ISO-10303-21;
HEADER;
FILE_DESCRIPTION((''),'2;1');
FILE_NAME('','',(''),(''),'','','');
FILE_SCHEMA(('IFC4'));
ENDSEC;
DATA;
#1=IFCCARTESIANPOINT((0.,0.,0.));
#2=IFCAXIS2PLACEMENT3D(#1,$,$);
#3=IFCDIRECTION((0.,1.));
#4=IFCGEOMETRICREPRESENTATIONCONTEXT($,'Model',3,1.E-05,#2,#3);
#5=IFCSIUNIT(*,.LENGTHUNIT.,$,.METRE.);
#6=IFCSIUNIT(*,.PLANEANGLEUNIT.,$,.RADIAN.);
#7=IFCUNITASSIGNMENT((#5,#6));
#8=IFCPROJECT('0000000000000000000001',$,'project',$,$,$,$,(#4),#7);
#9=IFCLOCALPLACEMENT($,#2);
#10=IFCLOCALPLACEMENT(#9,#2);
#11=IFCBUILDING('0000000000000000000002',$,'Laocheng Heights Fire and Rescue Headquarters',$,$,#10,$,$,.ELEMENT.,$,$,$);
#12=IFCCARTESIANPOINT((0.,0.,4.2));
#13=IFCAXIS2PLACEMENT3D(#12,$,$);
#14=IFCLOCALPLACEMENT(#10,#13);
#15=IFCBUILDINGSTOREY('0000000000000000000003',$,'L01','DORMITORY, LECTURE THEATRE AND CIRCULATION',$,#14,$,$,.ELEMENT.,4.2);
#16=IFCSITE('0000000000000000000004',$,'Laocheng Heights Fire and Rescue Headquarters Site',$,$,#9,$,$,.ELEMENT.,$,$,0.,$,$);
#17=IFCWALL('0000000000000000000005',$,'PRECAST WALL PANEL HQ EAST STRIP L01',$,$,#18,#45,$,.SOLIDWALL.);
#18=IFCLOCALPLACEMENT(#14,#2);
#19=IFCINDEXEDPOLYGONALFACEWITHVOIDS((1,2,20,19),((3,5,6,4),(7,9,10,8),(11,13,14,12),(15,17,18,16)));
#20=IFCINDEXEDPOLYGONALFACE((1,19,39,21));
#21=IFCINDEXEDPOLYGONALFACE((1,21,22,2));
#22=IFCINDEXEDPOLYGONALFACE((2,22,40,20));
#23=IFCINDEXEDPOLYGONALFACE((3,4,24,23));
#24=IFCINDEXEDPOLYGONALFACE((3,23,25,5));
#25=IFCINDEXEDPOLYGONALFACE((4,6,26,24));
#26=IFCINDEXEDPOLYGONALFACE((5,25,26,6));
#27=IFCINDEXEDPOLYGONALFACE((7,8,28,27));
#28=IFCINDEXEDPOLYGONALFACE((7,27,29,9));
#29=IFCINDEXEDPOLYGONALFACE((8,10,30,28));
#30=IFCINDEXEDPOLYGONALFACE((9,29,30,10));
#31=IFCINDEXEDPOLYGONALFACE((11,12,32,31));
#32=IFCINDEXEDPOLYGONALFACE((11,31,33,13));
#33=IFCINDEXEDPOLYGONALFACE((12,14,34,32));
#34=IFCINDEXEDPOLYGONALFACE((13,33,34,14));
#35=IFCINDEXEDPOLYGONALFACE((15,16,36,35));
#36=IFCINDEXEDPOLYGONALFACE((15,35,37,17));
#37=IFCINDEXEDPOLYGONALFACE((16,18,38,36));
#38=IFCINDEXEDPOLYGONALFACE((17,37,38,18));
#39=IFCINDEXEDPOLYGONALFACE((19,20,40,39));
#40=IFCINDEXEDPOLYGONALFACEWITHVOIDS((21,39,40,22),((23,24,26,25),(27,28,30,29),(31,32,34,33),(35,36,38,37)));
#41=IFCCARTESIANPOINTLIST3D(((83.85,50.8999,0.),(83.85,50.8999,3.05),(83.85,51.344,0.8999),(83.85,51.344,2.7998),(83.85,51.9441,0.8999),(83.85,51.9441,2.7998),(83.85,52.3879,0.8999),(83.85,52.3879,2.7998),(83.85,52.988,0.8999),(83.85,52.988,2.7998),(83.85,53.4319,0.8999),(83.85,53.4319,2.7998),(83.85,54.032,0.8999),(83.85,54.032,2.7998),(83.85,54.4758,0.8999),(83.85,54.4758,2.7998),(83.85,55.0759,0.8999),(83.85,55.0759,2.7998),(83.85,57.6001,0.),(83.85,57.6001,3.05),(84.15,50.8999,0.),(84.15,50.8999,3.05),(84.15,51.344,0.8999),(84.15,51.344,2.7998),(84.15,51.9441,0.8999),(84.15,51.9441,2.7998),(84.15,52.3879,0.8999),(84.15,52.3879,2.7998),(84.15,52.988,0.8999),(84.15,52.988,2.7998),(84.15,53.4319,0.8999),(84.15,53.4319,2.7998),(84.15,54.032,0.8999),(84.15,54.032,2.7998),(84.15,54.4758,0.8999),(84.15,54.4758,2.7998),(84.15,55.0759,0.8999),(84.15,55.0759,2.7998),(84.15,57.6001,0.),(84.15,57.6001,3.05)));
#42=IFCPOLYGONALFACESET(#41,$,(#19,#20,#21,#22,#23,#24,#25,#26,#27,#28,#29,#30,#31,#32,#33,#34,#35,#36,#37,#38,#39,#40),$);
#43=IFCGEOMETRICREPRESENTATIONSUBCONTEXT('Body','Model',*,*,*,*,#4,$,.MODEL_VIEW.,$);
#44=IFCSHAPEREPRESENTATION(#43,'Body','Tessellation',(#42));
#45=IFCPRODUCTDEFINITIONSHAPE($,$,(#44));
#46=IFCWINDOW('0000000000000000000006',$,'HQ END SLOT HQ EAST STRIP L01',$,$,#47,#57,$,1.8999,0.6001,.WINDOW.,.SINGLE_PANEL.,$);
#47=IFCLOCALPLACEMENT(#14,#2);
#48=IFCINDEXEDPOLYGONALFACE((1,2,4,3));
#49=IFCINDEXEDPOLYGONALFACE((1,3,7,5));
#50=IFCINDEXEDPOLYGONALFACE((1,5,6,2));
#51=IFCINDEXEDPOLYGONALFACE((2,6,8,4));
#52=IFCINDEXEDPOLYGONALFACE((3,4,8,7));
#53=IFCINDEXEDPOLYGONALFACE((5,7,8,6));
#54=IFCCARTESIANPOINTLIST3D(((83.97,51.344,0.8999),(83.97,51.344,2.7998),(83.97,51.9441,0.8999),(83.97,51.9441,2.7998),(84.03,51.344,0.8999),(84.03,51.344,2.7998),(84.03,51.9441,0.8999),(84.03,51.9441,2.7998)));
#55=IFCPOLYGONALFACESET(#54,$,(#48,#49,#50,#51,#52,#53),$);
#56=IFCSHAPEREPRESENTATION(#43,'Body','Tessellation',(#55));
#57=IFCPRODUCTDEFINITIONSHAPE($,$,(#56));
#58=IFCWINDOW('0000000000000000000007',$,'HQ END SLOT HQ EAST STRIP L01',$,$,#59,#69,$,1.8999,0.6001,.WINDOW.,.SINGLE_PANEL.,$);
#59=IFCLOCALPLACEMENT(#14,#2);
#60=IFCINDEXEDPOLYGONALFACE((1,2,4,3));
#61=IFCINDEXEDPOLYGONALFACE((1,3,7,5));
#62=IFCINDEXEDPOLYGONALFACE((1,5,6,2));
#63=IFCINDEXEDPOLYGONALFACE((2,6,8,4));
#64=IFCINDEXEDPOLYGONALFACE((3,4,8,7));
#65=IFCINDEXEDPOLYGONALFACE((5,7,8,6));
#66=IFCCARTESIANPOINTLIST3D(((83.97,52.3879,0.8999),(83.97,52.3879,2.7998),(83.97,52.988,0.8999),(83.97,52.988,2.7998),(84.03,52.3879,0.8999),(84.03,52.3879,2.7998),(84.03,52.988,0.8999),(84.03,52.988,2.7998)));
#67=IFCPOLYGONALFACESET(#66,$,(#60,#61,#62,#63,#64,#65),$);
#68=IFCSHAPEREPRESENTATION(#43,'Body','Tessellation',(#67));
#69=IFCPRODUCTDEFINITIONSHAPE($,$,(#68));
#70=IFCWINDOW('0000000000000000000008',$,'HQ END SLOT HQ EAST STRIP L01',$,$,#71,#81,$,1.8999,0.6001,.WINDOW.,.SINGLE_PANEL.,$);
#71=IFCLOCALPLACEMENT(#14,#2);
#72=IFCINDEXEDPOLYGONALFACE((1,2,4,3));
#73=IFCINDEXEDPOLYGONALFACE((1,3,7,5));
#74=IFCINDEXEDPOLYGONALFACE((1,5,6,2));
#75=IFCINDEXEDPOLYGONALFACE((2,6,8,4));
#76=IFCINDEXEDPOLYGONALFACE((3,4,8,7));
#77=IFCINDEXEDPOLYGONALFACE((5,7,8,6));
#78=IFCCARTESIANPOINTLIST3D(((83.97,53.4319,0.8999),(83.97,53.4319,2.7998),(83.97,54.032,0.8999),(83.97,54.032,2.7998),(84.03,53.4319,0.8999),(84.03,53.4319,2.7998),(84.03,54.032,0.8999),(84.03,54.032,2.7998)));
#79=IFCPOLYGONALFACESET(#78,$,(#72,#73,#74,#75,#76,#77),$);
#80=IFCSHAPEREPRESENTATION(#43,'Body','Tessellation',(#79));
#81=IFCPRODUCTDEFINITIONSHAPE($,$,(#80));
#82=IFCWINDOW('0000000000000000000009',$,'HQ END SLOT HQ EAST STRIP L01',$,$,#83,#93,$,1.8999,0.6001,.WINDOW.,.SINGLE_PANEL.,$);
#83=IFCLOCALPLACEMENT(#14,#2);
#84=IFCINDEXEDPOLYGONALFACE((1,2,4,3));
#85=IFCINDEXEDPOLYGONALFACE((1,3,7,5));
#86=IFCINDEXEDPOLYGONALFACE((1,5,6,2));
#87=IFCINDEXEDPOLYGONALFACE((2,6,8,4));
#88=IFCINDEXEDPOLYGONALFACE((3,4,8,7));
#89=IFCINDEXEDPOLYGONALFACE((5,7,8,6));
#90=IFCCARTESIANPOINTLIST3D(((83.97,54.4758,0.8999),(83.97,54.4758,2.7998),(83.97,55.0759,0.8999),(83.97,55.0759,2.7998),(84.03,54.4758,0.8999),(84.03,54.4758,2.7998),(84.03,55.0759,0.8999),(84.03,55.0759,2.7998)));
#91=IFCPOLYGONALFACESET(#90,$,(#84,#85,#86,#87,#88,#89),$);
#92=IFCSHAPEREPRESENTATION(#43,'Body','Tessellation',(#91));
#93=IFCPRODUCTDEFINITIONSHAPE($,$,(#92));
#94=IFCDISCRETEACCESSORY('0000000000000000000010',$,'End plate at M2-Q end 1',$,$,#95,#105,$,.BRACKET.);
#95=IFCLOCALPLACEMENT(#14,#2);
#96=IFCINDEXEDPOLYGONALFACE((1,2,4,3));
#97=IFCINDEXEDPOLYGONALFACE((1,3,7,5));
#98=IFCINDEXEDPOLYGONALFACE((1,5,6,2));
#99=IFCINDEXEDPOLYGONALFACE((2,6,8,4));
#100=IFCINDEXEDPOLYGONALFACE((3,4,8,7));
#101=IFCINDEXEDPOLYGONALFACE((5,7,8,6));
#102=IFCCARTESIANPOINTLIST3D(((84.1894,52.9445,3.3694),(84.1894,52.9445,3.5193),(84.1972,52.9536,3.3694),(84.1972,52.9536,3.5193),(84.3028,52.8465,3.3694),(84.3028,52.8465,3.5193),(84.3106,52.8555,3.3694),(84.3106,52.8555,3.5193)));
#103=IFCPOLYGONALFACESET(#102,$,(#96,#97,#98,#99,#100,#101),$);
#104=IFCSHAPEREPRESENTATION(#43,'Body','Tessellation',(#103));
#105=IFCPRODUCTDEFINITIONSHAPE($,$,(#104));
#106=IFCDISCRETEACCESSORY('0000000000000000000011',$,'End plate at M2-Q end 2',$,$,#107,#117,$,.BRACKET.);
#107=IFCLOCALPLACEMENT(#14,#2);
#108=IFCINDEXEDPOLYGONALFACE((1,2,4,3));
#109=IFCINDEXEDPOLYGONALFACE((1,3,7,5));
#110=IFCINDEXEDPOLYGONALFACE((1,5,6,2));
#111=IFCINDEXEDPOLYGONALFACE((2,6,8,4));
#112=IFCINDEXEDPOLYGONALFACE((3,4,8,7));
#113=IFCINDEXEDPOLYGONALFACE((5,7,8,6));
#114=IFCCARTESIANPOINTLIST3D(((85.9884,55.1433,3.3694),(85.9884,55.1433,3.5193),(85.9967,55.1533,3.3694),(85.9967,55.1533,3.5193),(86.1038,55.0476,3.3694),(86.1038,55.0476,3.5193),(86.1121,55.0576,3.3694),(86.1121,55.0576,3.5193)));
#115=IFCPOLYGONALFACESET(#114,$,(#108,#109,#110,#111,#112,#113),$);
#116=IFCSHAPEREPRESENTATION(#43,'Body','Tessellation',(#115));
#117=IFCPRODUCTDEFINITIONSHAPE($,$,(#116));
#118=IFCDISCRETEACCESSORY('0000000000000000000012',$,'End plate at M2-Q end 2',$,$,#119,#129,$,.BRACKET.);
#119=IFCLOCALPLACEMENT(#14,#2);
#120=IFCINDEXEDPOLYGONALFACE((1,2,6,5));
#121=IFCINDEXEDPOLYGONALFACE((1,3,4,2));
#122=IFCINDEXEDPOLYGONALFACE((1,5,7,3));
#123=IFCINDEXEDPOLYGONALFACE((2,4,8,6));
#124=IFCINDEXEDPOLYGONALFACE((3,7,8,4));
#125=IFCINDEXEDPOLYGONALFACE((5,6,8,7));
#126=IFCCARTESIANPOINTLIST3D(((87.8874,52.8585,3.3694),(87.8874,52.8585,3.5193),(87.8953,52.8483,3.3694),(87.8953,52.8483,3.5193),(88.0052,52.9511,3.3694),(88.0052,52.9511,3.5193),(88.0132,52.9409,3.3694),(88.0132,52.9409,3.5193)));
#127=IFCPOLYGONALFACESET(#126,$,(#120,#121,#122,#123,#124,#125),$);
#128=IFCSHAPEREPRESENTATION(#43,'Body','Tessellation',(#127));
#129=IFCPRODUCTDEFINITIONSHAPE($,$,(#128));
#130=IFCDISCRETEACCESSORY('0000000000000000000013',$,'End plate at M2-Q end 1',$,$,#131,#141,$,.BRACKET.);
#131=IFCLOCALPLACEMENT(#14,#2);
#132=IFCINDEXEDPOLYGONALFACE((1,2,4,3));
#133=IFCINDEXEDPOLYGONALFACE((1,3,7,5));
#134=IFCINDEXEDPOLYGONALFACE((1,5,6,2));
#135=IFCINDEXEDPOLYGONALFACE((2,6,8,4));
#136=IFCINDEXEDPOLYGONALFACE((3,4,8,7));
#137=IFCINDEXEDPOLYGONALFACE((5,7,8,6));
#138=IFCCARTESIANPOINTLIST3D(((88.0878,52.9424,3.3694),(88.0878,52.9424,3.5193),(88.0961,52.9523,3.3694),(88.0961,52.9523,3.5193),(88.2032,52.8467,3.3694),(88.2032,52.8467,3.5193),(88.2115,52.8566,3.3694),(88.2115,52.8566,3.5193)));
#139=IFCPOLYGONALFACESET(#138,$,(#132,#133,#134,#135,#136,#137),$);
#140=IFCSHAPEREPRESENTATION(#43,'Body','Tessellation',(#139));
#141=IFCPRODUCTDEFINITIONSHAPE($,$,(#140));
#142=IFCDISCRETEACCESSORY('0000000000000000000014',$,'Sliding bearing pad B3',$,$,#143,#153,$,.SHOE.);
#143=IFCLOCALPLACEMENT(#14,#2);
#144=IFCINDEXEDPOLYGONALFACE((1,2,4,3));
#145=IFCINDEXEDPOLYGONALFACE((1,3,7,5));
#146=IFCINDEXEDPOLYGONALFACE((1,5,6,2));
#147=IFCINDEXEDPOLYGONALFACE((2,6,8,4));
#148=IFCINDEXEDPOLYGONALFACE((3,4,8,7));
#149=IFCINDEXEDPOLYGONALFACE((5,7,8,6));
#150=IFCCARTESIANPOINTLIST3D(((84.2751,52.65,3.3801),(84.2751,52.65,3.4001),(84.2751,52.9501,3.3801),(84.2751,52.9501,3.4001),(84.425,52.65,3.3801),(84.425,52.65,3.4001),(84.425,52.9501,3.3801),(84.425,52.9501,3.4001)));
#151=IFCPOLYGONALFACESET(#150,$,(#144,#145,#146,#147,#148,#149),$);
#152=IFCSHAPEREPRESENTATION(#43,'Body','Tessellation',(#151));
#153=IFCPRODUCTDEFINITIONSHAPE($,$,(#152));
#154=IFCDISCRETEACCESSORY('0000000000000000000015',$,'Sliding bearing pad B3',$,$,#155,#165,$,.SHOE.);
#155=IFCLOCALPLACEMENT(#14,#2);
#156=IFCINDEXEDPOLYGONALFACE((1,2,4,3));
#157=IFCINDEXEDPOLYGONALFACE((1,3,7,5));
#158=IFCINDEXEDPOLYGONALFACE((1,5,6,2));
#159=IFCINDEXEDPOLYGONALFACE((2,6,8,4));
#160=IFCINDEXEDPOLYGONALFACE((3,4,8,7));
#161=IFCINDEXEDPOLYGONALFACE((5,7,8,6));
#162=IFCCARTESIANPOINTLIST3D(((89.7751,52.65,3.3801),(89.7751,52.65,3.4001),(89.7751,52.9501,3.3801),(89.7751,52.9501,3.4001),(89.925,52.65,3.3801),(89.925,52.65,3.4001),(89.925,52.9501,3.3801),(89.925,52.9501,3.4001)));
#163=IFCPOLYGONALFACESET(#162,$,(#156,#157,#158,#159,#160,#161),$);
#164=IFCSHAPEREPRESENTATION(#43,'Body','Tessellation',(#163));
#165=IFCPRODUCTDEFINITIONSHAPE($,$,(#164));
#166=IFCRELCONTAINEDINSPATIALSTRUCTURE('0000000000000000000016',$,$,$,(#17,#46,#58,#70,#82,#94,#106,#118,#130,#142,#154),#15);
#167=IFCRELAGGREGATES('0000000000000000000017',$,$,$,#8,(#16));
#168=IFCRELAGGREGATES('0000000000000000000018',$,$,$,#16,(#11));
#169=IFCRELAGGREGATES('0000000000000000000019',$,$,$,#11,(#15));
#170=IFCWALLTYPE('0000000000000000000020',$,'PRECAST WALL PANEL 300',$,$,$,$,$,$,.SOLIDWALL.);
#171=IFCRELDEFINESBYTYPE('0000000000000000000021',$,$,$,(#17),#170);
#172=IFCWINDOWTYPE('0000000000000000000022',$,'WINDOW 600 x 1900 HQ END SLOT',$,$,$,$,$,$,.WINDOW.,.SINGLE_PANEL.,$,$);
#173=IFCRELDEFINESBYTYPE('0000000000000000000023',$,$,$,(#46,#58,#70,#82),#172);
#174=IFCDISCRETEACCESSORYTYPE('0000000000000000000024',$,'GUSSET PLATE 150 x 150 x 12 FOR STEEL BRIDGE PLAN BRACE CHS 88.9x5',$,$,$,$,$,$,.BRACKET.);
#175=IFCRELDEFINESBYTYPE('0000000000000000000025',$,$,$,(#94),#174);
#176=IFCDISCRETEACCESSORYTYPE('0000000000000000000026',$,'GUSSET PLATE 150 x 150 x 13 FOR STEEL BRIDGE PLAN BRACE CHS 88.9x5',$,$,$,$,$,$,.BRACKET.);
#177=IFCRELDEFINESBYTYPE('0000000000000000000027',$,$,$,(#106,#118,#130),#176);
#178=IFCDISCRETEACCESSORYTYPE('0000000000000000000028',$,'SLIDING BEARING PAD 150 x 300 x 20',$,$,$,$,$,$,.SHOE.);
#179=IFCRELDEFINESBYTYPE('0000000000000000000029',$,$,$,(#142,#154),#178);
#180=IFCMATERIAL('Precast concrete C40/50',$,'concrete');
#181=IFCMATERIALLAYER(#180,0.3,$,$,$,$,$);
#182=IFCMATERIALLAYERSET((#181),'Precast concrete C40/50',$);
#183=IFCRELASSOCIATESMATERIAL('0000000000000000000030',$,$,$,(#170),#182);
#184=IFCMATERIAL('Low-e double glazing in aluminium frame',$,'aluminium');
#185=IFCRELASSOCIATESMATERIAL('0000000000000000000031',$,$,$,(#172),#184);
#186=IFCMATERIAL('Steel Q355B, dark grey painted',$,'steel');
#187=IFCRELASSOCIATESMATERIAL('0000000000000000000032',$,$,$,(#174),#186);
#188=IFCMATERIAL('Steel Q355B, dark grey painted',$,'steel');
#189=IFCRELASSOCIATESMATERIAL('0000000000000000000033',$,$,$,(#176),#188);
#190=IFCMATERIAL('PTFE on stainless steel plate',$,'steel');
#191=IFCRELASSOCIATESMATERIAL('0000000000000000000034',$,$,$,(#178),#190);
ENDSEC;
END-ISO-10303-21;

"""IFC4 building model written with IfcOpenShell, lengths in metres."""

from ifc_helpers import new_model, si_unit, direction, frame, frame_2d, origin, origin_2d, place, context, subcontext, project, spatial, rectangle, extrude, material, layer, layer_set, material_profile, profile_set, type_object, element, fill, save


model = new_model("IFC4")

# Units and contexts
model_context = context("Model", 3, precision=1e-05, world=origin(), true_north=direction((0.0, 1.0)))
body_context = subcontext(model_context, "Body", "Model", "MODEL_VIEW")
ifc_project = project(units=[si_unit("LENGTHUNIT", "METRE"), si_unit("PLANEANGLEUNIT", "RADIAN")], contexts=[model_context])

# Site, building, storey
site_placement = place(None, origin())
site = spatial("IfcSite", under=ifc_project, at=site_placement, Name="Laocheng Heights Fire and Rescue Headquarters Site", CompositionType="ELEMENT", RefElevation=0.0)
building_placement = place(site_placement, origin())
building = spatial("IfcBuilding", under=site, at=building_placement, Name="Laocheng Heights Fire and Rescue Headquarters", CompositionType="ELEMENT")
storey_placement = place(building_placement, frame((0.0, 0.0, 4.2)))
storey = spatial("IfcBuildingStorey", under=building, at=storey_placement, Name="L01", Description="DORMITORY, LECTURE THEATRE AND CIRCULATION", CompositionType="ELEMENT", Elevation=4.2)

# Wall, openings, windows
ifc_material_1 = material(Name="Precast concrete C40/50", Category="concrete")
ifc_layer_1 = layer(ifc_material_1, 0.3)
ifc_layer_set_1 = layer_set([ifc_layer_1], Name="Precast concrete C40/50")
wall_type_1 = type_object("IfcWallType", Name="PRECAST WALL PANEL 300", PredefinedType="SOLIDWALL", material=ifc_layer_set_1)
wall_1_placement = place(storey_placement, frame((84.0, 50.8999, 0.0), z_axis=(0.0, 0.0, 1.0), x_axis=(0.0, 1.0, 0.0)))
wall_1 = element("IfcWall", 1, at=wall_1_placement, inside=storey, type_object=wall_type_1, Name="PRECAST WALL PANEL HQ EAST STRIP L01", PredefinedType="SOLIDWALL", context=body_context, shape_type="SweptSolid", body=[
    extrude(rectangle(XDim=6.7002, YDim=0.3, at=frame_2d((3.3501, 0.0))), origin(), (0.0, 0.0, 1.0), 3.05),
])
opening_1_placement = place(wall_1_placement, frame((0.4441, 0.0, 0.8999)))
opening_1 = element("IfcOpeningElement", 2, at=opening_1_placement, cuts=wall_1, PredefinedType="OPENING", context=body_context, shape_type="SweptSolid", body=[
    extrude(rectangle(XDim=0.6001, YDim=1.8999, at=frame_2d((0.3, 0.95))), frame((0.0, 0.1599, 0.0), z_axis=(0.0, -1.0, 0.0), x_axis=(1.0, 0.0, 0.0)), (0.0, 0.0, 1.0), 0.3201),
])
opening_2_placement = place(wall_1_placement, frame((1.488, 0.0, 0.8999)))
opening_2 = element("IfcOpeningElement", 3, at=opening_2_placement, cuts=wall_1, PredefinedType="OPENING", context=body_context, shape_type="SweptSolid", body=[
    extrude(rectangle(XDim=0.6001, YDim=1.8999, at=frame_2d((0.3, 0.95))), frame((0.0, 0.1599, 0.0), z_axis=(0.0, -1.0, 0.0), x_axis=(1.0, 0.0, 0.0)), (0.0, 0.0, 1.0), 0.3201),
])
opening_3_placement = place(wall_1_placement, frame((2.532, 0.0, 0.8999)))
opening_3 = element("IfcOpeningElement", 4, at=opening_3_placement, cuts=wall_1, PredefinedType="OPENING", context=body_context, shape_type="SweptSolid", body=[
    extrude(rectangle(XDim=0.6001, YDim=1.8999, at=frame_2d((0.3, 0.95))), frame((0.0, 0.1599, 0.0), z_axis=(0.0, -1.0, 0.0), x_axis=(1.0, 0.0, 0.0)), (0.0, 0.0, 1.0), 0.3201),
])
opening_4_placement = place(wall_1_placement, frame((3.5759, 0.0, 0.8999)))
opening_4 = element("IfcOpeningElement", 5, at=opening_4_placement, cuts=wall_1, PredefinedType="OPENING", context=body_context, shape_type="SweptSolid", body=[
    extrude(rectangle(XDim=0.6001, YDim=1.8999, at=frame_2d((0.3, 0.95))), frame((0.0, 0.1599, 0.0), z_axis=(0.0, -1.0, 0.0), x_axis=(1.0, 0.0, 0.0)), (0.0, 0.0, 1.0), 0.3201),
])
ifc_material_2 = material(Name="Low-e double glazing in aluminium frame", Category="aluminium")
window_type = type_object("IfcWindowType", Name="WINDOW 600 x 1900 HQ END SLOT", PartitioningType="SINGLE_PANEL", PredefinedType="WINDOW", material=ifc_material_2)
window_1_placement = place(opening_1_placement, origin())
window_1 = element("IfcWindow", 6, at=window_1_placement, inside=storey, type_object=window_type, Name="HQ END SLOT HQ EAST STRIP L01", OverallHeight=1.8999, OverallWidth=0.6001, PartitioningType="SINGLE_PANEL", PredefinedType="WINDOW", context=body_context, shape_type="SweptSolid", body=[
    extrude(rectangle(XDim=0.6001, YDim=1.8999, at=frame_2d((0.3, 0.95))), frame((0.0, 0.03, 0.0), z_axis=(0.0, -1.0, 0.0), x_axis=(1.0, 0.0, 0.0)), (0.0, 0.0, 1.0), 0.0601),
])
fill(opening_1, window_1)
window_2_placement = place(opening_2_placement, origin())
window_2 = element("IfcWindow", 7, at=window_2_placement, inside=storey, type_object=window_type, Name="HQ END SLOT HQ EAST STRIP L01", OverallHeight=1.8999, OverallWidth=0.6001, PartitioningType="SINGLE_PANEL", PredefinedType="WINDOW", context=body_context, shape_type="SweptSolid", body=[
    extrude(rectangle(XDim=0.6001, YDim=1.8999, at=frame_2d((0.3, 0.95))), frame((0.0, 0.03, 0.0), z_axis=(0.0, -1.0, 0.0), x_axis=(1.0, 0.0, 0.0)), (0.0, 0.0, 1.0), 0.0601),
])
fill(opening_2, window_2)
window_3_placement = place(opening_3_placement, origin())
window_3 = element("IfcWindow", 8, at=window_3_placement, inside=storey, type_object=window_type, Name="HQ END SLOT HQ EAST STRIP L01", OverallHeight=1.8999, OverallWidth=0.6001, PartitioningType="SINGLE_PANEL", PredefinedType="WINDOW", context=body_context, shape_type="SweptSolid", body=[
    extrude(rectangle(XDim=0.6001, YDim=1.8999, at=frame_2d((0.3, 0.95))), frame((0.0, 0.03, 0.0), z_axis=(0.0, -1.0, 0.0), x_axis=(1.0, 0.0, 0.0)), (0.0, 0.0, 1.0), 0.0601),
])
fill(opening_3, window_3)
window_4_placement = place(opening_4_placement, origin())
window_4 = element("IfcWindow", 9, at=window_4_placement, inside=storey, type_object=window_type, Name="HQ END SLOT HQ EAST STRIP L01", OverallHeight=1.8999, OverallWidth=0.6001, PartitioningType="SINGLE_PANEL", PredefinedType="WINDOW", context=body_context, shape_type="SweptSolid", body=[
    extrude(rectangle(XDim=0.6001, YDim=1.8999, at=frame_2d((0.3, 0.95))), frame((0.0, 0.03, 0.0), z_axis=(0.0, -1.0, 0.0), x_axis=(1.0, 0.0, 0.0)), (0.0, 0.0, 1.0), 0.0601),
])
fill(opening_4, window_4)

# Discrete accessories
ifc_material_3 = material(Name="Steel Q355B, dark grey painted", Category="steel")
ifc_material_profile_1 = material_profile(ifc_material_3, rectangle(XDim=0.1499, YDim=0.1499, at=origin_2d()), Name="GUSSET PLATE 150 x 150 x 12 FOR STEEL BRIDGE PLAN BRACE CHS 88.9x5")
ifc_profile_set_1 = profile_set([ifc_material_profile_1], Name="Steel Q355B, dark grey painted")
discrete_accessory_type_1 = type_object("IfcDiscreteAccessoryType", Name="GUSSET PLATE 150 x 150 x 12 FOR STEEL BRIDGE PLAN BRACE CHS 88.9x5", PredefinedType="BRACKET", material=ifc_profile_set_1)
discrete_accessory_placement = place(storey_placement, frame((84.2461, 52.8955, 3.4443), z_axis=(0.654152, 0.756363, 0.0), x_axis=(-0.756363, 0.654152, 0.0)))
element("IfcDiscreteAccessory", 10, at=discrete_accessory_placement, inside=storey, type_object=discrete_accessory_type_1, Name="End plate at M2-Q end 1", PredefinedType="BRACKET", context=body_context, shape_type="SweptSolid", body=[
    extrude(rectangle(XDim=0.1499, YDim=0.1499, at=origin_2d()), origin(), (0.0, 0.0, 1.0), 0.012),
])
ifc_material_4 = material(Name="Steel Q355B, dark grey painted", Category="steel")
ifc_material_profile_2 = material_profile(ifc_material_4, rectangle(XDim=0.1499, YDim=0.1499, at=origin_2d()), Name="GUSSET PLATE 150 x 150 x 13 FOR STEEL BRIDGE PLAN BRACE CHS 88.9x5")
ifc_profile_set_2 = profile_set([ifc_material_profile_2], Name="Steel Q355B, dark grey painted")
discrete_accessory_type_2 = type_object("IfcDiscreteAccessoryType", Name="GUSSET PLATE 150 x 150 x 13 FOR STEEL BRIDGE PLAN BRACE CHS 88.9x5", PredefinedType="BRACKET", material=ifc_profile_set_2)
for number, where, z_axis, x_axis, name in (
    (11, (86.0461, 55.0955, 3.4443), (0.638336, 0.769758, 0.0), (-0.769758, 0.638336, 0.0), "End plate at M2-Q end 2"),
    (12, (87.9463, 52.9048, 3.4443), (0.617822, -0.786318, 0.0), (0.786318, 0.617822, 0.0), "End plate at M2-Q end 2"),
    (13, (88.1455, 52.8945, 3.4443), (0.638336, 0.769758, 0.0), (-0.769758, 0.638336, 0.0), "End plate at M2-Q end 1"),
):
    element("IfcDiscreteAccessory", number, at=place(storey_placement, frame(where, z_axis=z_axis, x_axis=x_axis)), inside=storey, type_object=discrete_accessory_type_2, Name=name, PredefinedType="BRACKET", context=body_context, shape_type="SweptSolid", body=[
        extrude(rectangle(XDim=0.1499, YDim=0.1499, at=origin_2d()), origin(), (0.0, 0.0, 1.0), 0.0129),
    ])
ifc_material_5 = material(Name="PTFE on stainless steel plate", Category="steel")
discrete_accessory_type_3 = type_object("IfcDiscreteAccessoryType", Name="SLIDING BEARING PAD 150 x 300 x 20", PredefinedType="SHOE", material=ifc_material_5)
for number, where, z_axis, x_axis, name in (
    (14, (84.3501, 52.8, 3.3801), (0.0, 0.0, 1.0), (1.0, 0.0, 0.0), "Sliding bearing pad B3"),
    (15, (89.8501, 52.8, 3.3801), (0.0, 0.0, 1.0), (1.0, 0.0, 0.0), "Sliding bearing pad B3"),
):
    element("IfcDiscreteAccessory", number, at=place(storey_placement, frame(where, z_axis=z_axis, x_axis=x_axis)), inside=storey, type_object=discrete_accessory_type_3, Name=name, PredefinedType="SHOE", context=body_context, shape_type="SweptSolid", body=[
        extrude(rectangle(XDim=0.1499, YDim=0.3, at=origin_2d()), origin(), (0.0, 0.0, 1.0), 0.02),
    ])

save(model, "model.ifc")
